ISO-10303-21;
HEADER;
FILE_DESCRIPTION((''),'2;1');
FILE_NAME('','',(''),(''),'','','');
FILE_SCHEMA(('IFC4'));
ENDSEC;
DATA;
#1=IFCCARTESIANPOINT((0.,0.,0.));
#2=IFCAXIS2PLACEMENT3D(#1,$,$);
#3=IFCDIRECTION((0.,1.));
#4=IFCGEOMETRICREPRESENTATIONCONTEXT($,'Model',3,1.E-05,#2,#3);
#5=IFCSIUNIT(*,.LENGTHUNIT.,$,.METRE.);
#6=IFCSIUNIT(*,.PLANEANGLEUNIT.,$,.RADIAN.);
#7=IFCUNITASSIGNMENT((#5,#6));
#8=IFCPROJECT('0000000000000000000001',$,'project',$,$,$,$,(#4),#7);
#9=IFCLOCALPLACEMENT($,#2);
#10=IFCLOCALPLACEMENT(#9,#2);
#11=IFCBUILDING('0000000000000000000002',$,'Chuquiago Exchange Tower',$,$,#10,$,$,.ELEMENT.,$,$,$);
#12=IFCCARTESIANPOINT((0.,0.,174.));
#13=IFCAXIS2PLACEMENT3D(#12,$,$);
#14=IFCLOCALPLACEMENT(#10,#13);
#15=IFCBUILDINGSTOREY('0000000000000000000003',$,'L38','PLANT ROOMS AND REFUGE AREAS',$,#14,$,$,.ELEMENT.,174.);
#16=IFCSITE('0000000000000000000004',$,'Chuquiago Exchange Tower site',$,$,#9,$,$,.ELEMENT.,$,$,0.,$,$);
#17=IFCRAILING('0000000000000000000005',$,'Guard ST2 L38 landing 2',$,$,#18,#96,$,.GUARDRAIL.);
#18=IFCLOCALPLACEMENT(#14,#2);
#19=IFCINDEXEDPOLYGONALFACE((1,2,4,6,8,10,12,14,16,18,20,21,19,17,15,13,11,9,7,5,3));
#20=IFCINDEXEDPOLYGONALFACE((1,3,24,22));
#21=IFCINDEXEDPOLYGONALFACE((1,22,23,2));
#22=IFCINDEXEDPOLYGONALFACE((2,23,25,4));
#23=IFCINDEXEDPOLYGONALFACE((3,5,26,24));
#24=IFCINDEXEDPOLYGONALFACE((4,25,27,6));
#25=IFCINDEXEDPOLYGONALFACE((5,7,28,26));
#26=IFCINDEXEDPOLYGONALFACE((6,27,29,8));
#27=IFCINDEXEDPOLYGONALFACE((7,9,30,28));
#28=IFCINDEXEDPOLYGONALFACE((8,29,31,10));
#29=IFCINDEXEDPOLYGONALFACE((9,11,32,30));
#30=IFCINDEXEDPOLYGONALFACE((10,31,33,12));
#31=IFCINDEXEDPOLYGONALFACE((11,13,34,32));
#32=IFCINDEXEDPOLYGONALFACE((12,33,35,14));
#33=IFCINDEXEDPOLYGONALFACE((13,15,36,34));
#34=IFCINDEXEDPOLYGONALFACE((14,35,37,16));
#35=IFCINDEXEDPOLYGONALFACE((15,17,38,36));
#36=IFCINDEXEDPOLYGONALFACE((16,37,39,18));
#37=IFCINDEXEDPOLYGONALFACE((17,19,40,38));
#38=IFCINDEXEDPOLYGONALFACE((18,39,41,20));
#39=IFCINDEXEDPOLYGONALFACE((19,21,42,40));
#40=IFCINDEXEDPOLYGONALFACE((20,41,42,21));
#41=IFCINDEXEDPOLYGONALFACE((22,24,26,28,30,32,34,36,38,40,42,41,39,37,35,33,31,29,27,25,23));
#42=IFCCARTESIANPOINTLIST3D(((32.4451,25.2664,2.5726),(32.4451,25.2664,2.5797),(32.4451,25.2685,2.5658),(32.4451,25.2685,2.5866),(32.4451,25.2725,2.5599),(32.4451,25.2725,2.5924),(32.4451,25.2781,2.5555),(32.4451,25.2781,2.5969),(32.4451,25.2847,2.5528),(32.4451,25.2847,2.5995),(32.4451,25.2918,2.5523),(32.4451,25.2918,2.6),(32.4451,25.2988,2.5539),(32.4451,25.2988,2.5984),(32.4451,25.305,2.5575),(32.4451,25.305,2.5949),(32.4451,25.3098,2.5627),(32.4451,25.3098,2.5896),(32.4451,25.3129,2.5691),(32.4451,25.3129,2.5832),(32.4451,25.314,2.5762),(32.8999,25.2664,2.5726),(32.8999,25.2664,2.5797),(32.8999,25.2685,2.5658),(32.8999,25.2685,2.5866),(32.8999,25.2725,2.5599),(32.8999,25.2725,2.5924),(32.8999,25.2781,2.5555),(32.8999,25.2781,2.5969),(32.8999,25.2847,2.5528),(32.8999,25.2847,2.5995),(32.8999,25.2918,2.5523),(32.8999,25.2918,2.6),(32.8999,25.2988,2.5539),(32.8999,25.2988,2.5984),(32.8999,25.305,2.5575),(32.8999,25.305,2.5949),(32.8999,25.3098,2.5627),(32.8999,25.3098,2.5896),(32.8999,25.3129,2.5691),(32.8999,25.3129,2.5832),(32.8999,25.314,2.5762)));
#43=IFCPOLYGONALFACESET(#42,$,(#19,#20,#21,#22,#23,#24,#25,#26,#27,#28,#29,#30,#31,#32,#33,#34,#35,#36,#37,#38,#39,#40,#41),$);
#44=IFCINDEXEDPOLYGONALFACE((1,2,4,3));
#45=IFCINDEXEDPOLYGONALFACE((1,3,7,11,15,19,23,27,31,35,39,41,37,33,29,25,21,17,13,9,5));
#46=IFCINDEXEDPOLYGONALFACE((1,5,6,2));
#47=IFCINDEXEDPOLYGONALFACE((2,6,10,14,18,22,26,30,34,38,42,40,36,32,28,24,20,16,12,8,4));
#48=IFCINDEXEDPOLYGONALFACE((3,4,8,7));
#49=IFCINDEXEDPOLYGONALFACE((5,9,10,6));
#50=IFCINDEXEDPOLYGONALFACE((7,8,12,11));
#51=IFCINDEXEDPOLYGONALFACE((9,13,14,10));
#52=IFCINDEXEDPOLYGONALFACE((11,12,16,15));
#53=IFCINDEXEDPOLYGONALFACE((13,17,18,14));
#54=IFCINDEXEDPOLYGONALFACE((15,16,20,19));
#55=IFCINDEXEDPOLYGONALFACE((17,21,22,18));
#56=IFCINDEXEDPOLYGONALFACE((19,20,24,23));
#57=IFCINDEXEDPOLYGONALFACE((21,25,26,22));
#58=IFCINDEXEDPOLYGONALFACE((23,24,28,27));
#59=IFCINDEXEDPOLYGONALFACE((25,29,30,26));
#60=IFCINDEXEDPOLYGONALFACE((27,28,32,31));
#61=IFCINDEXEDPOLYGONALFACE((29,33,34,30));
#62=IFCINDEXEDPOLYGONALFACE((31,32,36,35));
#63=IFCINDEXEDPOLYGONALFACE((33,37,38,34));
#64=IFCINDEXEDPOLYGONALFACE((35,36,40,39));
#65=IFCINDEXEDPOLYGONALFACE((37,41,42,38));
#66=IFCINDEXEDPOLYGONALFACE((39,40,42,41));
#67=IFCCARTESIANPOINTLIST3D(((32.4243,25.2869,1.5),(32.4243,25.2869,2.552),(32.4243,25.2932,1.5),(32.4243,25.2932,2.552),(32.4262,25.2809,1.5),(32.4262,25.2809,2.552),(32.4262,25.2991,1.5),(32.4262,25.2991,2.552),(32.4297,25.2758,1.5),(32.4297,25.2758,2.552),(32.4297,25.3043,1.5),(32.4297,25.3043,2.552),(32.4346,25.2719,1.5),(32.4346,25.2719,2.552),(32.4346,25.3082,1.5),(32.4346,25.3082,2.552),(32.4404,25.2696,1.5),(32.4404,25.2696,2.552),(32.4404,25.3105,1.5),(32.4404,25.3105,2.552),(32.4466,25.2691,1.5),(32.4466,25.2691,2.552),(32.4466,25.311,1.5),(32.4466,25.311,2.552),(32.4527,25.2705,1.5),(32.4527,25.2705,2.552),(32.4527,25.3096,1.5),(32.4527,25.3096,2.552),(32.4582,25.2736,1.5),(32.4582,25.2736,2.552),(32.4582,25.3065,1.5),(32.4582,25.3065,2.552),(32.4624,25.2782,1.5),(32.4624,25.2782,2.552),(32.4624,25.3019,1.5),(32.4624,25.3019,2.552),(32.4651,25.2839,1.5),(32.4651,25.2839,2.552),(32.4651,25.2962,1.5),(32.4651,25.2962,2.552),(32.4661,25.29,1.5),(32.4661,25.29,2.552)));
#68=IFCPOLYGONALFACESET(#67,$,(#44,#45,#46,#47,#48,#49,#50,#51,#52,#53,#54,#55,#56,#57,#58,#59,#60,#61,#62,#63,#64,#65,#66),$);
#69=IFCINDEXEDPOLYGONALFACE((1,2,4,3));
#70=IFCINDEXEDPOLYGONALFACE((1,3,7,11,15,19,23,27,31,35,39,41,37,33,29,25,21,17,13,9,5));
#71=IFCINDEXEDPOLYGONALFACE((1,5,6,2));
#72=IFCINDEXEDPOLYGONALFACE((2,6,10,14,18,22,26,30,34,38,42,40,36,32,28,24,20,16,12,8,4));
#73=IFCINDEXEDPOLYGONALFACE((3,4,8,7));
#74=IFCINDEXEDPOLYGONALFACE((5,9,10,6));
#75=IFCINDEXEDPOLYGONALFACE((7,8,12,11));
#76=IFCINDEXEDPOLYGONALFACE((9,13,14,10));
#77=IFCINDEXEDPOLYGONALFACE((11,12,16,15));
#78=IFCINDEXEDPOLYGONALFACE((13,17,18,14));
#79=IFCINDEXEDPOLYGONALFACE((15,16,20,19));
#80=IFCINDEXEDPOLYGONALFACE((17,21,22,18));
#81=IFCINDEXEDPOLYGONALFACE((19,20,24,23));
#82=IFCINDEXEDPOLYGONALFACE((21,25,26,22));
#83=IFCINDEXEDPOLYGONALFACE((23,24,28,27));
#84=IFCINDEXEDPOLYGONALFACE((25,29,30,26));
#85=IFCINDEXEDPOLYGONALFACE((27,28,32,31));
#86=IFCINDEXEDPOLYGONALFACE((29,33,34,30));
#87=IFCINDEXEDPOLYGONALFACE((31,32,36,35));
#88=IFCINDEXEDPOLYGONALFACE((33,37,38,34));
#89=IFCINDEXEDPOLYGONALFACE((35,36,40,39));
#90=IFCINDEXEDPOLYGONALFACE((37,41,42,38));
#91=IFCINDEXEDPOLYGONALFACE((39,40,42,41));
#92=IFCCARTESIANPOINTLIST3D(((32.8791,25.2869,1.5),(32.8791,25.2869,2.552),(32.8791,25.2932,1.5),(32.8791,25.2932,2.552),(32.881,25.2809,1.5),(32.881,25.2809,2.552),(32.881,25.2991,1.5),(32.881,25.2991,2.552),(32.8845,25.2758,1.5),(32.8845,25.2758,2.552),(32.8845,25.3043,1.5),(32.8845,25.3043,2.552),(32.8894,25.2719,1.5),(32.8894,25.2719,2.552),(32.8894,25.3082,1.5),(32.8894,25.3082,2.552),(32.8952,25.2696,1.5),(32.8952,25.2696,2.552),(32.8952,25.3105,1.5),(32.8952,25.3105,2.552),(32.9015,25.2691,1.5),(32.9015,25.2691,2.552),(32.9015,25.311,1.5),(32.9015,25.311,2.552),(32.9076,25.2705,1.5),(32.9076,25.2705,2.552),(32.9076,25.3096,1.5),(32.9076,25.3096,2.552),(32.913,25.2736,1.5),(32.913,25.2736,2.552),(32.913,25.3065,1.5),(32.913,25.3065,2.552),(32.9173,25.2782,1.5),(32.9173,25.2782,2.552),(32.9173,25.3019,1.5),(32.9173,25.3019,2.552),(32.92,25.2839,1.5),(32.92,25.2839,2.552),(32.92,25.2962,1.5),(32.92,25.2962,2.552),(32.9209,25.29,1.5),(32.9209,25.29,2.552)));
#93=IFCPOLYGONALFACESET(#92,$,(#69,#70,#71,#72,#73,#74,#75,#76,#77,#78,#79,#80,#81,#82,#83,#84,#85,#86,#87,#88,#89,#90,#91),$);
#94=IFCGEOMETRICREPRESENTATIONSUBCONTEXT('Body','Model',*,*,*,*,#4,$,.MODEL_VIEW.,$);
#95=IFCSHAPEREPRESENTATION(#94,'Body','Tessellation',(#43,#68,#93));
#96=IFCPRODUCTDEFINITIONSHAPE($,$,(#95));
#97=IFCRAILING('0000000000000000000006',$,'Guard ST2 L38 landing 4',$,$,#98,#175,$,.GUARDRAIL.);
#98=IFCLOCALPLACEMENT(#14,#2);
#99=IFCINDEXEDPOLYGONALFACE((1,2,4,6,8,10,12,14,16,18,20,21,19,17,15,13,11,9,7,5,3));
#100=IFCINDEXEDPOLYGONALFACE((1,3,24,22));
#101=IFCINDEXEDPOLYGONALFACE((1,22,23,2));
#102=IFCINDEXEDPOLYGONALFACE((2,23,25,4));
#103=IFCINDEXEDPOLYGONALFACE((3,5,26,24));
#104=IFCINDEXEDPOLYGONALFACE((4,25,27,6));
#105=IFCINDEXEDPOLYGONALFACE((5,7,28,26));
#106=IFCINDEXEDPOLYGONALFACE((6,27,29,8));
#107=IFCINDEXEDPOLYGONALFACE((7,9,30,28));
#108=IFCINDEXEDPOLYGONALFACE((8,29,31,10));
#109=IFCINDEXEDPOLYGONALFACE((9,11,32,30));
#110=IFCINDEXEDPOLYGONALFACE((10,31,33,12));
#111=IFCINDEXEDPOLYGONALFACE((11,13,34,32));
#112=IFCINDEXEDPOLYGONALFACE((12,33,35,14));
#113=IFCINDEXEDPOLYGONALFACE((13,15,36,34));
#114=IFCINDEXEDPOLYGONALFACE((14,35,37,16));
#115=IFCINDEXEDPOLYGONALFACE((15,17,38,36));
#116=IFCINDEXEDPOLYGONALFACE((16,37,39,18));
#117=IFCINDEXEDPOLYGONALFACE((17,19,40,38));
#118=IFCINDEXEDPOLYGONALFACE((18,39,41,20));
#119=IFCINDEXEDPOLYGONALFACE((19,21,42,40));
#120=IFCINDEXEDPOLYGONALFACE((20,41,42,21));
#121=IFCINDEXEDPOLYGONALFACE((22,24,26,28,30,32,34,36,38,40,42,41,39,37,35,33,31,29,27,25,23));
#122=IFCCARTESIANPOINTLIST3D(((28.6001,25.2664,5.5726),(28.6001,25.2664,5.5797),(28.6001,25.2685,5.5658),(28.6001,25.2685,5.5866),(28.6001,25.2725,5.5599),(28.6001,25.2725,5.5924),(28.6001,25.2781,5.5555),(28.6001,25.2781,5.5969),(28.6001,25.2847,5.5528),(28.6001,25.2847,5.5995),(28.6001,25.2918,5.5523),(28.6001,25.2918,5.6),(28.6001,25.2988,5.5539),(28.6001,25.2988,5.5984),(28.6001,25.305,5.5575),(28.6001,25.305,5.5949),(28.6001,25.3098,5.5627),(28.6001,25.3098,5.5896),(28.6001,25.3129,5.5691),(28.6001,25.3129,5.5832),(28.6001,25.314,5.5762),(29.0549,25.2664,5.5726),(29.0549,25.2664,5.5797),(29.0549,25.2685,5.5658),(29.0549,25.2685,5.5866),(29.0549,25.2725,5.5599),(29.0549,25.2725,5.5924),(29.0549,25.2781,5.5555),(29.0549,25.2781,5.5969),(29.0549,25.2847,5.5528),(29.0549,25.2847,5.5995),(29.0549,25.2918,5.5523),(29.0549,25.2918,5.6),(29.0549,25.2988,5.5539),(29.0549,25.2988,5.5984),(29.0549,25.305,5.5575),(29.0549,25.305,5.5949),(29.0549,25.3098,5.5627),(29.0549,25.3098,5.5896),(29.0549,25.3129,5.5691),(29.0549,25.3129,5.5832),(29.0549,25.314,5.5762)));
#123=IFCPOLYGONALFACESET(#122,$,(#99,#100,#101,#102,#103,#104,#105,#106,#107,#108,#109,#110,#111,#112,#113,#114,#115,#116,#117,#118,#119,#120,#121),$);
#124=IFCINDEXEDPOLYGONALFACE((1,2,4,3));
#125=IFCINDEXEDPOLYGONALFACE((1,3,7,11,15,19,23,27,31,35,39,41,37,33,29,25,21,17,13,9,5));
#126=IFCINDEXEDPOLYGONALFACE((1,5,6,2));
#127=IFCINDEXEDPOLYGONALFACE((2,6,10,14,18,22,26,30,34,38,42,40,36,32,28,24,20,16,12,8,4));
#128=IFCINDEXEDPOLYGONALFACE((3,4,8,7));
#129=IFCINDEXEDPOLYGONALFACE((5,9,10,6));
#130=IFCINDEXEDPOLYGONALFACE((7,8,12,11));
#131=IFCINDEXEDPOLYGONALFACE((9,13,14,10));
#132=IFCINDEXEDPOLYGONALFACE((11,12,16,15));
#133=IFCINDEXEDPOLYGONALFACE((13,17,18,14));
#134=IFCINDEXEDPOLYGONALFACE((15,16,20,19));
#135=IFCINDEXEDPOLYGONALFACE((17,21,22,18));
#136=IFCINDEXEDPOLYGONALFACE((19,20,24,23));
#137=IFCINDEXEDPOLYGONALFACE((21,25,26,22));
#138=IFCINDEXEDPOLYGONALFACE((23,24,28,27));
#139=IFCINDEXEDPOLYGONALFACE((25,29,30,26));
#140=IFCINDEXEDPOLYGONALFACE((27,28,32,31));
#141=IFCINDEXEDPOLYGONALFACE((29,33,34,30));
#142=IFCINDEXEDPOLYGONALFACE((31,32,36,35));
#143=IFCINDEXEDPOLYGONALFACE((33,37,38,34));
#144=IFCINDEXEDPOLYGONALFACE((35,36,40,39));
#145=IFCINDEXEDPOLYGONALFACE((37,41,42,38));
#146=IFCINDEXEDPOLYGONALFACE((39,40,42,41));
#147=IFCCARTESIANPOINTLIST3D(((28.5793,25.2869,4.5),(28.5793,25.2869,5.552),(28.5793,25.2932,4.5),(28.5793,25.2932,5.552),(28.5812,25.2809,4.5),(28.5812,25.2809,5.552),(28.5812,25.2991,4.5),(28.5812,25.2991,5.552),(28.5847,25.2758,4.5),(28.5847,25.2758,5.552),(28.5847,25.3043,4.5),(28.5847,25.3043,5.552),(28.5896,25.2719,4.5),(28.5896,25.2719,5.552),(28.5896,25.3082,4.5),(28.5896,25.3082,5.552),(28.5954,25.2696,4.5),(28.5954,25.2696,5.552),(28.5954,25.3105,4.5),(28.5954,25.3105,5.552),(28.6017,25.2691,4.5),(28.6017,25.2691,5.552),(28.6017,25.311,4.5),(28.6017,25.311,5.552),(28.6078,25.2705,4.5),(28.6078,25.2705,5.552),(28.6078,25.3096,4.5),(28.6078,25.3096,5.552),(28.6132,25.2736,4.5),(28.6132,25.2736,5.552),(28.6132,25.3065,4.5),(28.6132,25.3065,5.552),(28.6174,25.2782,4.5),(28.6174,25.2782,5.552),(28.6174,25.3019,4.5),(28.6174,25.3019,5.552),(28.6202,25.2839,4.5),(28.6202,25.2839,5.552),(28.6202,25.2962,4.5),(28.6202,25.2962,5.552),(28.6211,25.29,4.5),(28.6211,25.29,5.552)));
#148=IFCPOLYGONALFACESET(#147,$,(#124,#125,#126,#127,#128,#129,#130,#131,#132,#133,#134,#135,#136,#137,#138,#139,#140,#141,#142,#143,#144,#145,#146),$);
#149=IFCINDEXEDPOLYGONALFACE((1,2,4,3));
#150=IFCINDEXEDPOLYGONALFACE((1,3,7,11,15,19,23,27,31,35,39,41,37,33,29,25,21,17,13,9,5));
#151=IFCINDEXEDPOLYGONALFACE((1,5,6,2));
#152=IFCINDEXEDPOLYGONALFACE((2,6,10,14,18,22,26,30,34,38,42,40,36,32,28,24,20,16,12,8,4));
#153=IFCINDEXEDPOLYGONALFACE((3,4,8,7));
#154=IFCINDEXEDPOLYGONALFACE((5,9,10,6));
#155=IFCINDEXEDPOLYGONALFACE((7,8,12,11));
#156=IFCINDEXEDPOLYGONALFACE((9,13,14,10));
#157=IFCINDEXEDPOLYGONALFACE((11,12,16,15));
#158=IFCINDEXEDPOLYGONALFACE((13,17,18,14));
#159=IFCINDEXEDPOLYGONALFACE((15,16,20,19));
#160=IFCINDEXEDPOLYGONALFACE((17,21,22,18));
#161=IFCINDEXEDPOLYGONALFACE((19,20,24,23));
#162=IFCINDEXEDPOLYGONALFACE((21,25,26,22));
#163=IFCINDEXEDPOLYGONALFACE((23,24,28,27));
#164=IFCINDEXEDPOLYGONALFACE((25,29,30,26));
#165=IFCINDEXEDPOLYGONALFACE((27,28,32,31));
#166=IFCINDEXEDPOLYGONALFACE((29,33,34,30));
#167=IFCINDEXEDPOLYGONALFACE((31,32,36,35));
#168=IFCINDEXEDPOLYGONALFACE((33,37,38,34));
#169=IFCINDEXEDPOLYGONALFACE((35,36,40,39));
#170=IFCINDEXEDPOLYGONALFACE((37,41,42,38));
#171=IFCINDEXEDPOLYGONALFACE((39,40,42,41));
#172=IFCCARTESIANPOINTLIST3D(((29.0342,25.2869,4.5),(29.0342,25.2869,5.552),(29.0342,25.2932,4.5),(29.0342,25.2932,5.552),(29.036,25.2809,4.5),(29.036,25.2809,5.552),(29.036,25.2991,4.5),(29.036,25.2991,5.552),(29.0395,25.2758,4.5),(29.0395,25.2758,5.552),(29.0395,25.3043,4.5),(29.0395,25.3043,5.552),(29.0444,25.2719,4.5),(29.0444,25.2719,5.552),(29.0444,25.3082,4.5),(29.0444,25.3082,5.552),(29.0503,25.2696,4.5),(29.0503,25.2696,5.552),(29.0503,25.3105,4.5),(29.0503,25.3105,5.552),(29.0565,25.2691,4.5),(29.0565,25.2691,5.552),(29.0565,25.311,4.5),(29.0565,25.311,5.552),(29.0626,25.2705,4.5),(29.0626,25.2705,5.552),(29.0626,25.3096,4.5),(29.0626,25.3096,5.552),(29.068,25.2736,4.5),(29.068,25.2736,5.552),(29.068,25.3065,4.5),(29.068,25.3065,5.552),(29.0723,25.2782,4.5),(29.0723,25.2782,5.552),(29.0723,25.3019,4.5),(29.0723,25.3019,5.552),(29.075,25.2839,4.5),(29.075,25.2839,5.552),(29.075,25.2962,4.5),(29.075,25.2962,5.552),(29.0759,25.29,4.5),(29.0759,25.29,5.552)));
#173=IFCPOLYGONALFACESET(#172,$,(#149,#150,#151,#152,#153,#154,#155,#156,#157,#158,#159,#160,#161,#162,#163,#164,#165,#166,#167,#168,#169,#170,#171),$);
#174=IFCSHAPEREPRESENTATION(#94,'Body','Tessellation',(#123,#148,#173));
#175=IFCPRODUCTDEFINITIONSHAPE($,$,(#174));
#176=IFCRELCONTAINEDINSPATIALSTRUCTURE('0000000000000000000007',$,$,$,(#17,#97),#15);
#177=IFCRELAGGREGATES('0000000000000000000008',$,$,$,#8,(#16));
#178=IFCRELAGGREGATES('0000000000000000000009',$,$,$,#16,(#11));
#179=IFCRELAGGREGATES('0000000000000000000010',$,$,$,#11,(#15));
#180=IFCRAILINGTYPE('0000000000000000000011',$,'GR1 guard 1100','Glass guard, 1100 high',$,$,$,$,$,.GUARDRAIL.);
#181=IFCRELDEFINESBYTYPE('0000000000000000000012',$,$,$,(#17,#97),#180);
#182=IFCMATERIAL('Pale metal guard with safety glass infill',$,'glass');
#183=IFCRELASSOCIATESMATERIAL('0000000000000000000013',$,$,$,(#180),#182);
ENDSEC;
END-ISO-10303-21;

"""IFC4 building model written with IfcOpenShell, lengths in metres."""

from ifc_helpers import new_model, si_unit, direction, frame, origin, origin_2d, place, context, subcontext, project, spatial, circle, extrude, material, type_object, element, save


model = new_model("IFC4")

# Units and contexts
model_context = context("Model", 3, precision=1e-05, world=origin(), true_north=direction((0.0, 1.0)))
body_context = subcontext(model_context, "Body", "Model", "MODEL_VIEW")
ifc_project = project(units=[si_unit("LENGTHUNIT", "METRE"), si_unit("PLANEANGLEUNIT", "RADIAN")], contexts=[model_context])

# Site, building, storey
site_placement = place(None, origin())
site = spatial("IfcSite", under=ifc_project, at=site_placement, Name="Chuquiago Exchange Tower site", CompositionType="ELEMENT", RefElevation=0.0)
building_placement = place(site_placement, origin())
building = spatial("IfcBuilding", under=site, at=building_placement, Name="Chuquiago Exchange Tower", CompositionType="ELEMENT")
storey_placement = place(building_placement, frame((0.0, 0.0, 174.0)))
storey = spatial("IfcBuildingStorey", under=building, at=storey_placement, Name="L38", Description="PLANT ROOMS AND REFUGE AREAS", CompositionType="ELEMENT", Elevation=174.0)

# Railings
ifc_material_1 = material(Name="Pale metal guard with safety glass infill", Category="glass")
railing_type_1 = type_object("IfcRailingType", Name="GR1 guard 1100", Description="Glass guard, 1100 high", PredefinedType="GUARDRAIL", material=ifc_material_1)
for number, where, name in (
    (1, (32.4451, 25.29, 1.5), "Guard ST2 L38 landing 2"),
    (2, (28.6001, 25.29, 4.5), "Guard ST2 L38 landing 4"),
):
    element("IfcRailing", number, at=place(storey_placement, frame(where)), inside=storey, type_object=railing_type_1, Name=name, PredefinedType="GUARDRAIL", context=body_context, shape_type="SweptSolid", body=[
        extrude(circle(Radius=0.0239, at=origin_2d()), frame((0.0, 0.0, 1.0762), z_axis=(1.0, 0.0, 0.0), x_axis=(0.0, 1.0, 0.0)), (0.0, 0.0, 1.0), 0.4548),
        extrude(circle(Radius=0.021, at=origin_2d()), origin(), (0.0, 0.0, 1.0), 1.052),
        extrude(circle(Radius=0.021, at=origin_2d()), frame((0.4548, 0.0, 0.0)), (0.0, 0.0, 1.0), 1.052),
    ])

save(model, "model.ifc")
